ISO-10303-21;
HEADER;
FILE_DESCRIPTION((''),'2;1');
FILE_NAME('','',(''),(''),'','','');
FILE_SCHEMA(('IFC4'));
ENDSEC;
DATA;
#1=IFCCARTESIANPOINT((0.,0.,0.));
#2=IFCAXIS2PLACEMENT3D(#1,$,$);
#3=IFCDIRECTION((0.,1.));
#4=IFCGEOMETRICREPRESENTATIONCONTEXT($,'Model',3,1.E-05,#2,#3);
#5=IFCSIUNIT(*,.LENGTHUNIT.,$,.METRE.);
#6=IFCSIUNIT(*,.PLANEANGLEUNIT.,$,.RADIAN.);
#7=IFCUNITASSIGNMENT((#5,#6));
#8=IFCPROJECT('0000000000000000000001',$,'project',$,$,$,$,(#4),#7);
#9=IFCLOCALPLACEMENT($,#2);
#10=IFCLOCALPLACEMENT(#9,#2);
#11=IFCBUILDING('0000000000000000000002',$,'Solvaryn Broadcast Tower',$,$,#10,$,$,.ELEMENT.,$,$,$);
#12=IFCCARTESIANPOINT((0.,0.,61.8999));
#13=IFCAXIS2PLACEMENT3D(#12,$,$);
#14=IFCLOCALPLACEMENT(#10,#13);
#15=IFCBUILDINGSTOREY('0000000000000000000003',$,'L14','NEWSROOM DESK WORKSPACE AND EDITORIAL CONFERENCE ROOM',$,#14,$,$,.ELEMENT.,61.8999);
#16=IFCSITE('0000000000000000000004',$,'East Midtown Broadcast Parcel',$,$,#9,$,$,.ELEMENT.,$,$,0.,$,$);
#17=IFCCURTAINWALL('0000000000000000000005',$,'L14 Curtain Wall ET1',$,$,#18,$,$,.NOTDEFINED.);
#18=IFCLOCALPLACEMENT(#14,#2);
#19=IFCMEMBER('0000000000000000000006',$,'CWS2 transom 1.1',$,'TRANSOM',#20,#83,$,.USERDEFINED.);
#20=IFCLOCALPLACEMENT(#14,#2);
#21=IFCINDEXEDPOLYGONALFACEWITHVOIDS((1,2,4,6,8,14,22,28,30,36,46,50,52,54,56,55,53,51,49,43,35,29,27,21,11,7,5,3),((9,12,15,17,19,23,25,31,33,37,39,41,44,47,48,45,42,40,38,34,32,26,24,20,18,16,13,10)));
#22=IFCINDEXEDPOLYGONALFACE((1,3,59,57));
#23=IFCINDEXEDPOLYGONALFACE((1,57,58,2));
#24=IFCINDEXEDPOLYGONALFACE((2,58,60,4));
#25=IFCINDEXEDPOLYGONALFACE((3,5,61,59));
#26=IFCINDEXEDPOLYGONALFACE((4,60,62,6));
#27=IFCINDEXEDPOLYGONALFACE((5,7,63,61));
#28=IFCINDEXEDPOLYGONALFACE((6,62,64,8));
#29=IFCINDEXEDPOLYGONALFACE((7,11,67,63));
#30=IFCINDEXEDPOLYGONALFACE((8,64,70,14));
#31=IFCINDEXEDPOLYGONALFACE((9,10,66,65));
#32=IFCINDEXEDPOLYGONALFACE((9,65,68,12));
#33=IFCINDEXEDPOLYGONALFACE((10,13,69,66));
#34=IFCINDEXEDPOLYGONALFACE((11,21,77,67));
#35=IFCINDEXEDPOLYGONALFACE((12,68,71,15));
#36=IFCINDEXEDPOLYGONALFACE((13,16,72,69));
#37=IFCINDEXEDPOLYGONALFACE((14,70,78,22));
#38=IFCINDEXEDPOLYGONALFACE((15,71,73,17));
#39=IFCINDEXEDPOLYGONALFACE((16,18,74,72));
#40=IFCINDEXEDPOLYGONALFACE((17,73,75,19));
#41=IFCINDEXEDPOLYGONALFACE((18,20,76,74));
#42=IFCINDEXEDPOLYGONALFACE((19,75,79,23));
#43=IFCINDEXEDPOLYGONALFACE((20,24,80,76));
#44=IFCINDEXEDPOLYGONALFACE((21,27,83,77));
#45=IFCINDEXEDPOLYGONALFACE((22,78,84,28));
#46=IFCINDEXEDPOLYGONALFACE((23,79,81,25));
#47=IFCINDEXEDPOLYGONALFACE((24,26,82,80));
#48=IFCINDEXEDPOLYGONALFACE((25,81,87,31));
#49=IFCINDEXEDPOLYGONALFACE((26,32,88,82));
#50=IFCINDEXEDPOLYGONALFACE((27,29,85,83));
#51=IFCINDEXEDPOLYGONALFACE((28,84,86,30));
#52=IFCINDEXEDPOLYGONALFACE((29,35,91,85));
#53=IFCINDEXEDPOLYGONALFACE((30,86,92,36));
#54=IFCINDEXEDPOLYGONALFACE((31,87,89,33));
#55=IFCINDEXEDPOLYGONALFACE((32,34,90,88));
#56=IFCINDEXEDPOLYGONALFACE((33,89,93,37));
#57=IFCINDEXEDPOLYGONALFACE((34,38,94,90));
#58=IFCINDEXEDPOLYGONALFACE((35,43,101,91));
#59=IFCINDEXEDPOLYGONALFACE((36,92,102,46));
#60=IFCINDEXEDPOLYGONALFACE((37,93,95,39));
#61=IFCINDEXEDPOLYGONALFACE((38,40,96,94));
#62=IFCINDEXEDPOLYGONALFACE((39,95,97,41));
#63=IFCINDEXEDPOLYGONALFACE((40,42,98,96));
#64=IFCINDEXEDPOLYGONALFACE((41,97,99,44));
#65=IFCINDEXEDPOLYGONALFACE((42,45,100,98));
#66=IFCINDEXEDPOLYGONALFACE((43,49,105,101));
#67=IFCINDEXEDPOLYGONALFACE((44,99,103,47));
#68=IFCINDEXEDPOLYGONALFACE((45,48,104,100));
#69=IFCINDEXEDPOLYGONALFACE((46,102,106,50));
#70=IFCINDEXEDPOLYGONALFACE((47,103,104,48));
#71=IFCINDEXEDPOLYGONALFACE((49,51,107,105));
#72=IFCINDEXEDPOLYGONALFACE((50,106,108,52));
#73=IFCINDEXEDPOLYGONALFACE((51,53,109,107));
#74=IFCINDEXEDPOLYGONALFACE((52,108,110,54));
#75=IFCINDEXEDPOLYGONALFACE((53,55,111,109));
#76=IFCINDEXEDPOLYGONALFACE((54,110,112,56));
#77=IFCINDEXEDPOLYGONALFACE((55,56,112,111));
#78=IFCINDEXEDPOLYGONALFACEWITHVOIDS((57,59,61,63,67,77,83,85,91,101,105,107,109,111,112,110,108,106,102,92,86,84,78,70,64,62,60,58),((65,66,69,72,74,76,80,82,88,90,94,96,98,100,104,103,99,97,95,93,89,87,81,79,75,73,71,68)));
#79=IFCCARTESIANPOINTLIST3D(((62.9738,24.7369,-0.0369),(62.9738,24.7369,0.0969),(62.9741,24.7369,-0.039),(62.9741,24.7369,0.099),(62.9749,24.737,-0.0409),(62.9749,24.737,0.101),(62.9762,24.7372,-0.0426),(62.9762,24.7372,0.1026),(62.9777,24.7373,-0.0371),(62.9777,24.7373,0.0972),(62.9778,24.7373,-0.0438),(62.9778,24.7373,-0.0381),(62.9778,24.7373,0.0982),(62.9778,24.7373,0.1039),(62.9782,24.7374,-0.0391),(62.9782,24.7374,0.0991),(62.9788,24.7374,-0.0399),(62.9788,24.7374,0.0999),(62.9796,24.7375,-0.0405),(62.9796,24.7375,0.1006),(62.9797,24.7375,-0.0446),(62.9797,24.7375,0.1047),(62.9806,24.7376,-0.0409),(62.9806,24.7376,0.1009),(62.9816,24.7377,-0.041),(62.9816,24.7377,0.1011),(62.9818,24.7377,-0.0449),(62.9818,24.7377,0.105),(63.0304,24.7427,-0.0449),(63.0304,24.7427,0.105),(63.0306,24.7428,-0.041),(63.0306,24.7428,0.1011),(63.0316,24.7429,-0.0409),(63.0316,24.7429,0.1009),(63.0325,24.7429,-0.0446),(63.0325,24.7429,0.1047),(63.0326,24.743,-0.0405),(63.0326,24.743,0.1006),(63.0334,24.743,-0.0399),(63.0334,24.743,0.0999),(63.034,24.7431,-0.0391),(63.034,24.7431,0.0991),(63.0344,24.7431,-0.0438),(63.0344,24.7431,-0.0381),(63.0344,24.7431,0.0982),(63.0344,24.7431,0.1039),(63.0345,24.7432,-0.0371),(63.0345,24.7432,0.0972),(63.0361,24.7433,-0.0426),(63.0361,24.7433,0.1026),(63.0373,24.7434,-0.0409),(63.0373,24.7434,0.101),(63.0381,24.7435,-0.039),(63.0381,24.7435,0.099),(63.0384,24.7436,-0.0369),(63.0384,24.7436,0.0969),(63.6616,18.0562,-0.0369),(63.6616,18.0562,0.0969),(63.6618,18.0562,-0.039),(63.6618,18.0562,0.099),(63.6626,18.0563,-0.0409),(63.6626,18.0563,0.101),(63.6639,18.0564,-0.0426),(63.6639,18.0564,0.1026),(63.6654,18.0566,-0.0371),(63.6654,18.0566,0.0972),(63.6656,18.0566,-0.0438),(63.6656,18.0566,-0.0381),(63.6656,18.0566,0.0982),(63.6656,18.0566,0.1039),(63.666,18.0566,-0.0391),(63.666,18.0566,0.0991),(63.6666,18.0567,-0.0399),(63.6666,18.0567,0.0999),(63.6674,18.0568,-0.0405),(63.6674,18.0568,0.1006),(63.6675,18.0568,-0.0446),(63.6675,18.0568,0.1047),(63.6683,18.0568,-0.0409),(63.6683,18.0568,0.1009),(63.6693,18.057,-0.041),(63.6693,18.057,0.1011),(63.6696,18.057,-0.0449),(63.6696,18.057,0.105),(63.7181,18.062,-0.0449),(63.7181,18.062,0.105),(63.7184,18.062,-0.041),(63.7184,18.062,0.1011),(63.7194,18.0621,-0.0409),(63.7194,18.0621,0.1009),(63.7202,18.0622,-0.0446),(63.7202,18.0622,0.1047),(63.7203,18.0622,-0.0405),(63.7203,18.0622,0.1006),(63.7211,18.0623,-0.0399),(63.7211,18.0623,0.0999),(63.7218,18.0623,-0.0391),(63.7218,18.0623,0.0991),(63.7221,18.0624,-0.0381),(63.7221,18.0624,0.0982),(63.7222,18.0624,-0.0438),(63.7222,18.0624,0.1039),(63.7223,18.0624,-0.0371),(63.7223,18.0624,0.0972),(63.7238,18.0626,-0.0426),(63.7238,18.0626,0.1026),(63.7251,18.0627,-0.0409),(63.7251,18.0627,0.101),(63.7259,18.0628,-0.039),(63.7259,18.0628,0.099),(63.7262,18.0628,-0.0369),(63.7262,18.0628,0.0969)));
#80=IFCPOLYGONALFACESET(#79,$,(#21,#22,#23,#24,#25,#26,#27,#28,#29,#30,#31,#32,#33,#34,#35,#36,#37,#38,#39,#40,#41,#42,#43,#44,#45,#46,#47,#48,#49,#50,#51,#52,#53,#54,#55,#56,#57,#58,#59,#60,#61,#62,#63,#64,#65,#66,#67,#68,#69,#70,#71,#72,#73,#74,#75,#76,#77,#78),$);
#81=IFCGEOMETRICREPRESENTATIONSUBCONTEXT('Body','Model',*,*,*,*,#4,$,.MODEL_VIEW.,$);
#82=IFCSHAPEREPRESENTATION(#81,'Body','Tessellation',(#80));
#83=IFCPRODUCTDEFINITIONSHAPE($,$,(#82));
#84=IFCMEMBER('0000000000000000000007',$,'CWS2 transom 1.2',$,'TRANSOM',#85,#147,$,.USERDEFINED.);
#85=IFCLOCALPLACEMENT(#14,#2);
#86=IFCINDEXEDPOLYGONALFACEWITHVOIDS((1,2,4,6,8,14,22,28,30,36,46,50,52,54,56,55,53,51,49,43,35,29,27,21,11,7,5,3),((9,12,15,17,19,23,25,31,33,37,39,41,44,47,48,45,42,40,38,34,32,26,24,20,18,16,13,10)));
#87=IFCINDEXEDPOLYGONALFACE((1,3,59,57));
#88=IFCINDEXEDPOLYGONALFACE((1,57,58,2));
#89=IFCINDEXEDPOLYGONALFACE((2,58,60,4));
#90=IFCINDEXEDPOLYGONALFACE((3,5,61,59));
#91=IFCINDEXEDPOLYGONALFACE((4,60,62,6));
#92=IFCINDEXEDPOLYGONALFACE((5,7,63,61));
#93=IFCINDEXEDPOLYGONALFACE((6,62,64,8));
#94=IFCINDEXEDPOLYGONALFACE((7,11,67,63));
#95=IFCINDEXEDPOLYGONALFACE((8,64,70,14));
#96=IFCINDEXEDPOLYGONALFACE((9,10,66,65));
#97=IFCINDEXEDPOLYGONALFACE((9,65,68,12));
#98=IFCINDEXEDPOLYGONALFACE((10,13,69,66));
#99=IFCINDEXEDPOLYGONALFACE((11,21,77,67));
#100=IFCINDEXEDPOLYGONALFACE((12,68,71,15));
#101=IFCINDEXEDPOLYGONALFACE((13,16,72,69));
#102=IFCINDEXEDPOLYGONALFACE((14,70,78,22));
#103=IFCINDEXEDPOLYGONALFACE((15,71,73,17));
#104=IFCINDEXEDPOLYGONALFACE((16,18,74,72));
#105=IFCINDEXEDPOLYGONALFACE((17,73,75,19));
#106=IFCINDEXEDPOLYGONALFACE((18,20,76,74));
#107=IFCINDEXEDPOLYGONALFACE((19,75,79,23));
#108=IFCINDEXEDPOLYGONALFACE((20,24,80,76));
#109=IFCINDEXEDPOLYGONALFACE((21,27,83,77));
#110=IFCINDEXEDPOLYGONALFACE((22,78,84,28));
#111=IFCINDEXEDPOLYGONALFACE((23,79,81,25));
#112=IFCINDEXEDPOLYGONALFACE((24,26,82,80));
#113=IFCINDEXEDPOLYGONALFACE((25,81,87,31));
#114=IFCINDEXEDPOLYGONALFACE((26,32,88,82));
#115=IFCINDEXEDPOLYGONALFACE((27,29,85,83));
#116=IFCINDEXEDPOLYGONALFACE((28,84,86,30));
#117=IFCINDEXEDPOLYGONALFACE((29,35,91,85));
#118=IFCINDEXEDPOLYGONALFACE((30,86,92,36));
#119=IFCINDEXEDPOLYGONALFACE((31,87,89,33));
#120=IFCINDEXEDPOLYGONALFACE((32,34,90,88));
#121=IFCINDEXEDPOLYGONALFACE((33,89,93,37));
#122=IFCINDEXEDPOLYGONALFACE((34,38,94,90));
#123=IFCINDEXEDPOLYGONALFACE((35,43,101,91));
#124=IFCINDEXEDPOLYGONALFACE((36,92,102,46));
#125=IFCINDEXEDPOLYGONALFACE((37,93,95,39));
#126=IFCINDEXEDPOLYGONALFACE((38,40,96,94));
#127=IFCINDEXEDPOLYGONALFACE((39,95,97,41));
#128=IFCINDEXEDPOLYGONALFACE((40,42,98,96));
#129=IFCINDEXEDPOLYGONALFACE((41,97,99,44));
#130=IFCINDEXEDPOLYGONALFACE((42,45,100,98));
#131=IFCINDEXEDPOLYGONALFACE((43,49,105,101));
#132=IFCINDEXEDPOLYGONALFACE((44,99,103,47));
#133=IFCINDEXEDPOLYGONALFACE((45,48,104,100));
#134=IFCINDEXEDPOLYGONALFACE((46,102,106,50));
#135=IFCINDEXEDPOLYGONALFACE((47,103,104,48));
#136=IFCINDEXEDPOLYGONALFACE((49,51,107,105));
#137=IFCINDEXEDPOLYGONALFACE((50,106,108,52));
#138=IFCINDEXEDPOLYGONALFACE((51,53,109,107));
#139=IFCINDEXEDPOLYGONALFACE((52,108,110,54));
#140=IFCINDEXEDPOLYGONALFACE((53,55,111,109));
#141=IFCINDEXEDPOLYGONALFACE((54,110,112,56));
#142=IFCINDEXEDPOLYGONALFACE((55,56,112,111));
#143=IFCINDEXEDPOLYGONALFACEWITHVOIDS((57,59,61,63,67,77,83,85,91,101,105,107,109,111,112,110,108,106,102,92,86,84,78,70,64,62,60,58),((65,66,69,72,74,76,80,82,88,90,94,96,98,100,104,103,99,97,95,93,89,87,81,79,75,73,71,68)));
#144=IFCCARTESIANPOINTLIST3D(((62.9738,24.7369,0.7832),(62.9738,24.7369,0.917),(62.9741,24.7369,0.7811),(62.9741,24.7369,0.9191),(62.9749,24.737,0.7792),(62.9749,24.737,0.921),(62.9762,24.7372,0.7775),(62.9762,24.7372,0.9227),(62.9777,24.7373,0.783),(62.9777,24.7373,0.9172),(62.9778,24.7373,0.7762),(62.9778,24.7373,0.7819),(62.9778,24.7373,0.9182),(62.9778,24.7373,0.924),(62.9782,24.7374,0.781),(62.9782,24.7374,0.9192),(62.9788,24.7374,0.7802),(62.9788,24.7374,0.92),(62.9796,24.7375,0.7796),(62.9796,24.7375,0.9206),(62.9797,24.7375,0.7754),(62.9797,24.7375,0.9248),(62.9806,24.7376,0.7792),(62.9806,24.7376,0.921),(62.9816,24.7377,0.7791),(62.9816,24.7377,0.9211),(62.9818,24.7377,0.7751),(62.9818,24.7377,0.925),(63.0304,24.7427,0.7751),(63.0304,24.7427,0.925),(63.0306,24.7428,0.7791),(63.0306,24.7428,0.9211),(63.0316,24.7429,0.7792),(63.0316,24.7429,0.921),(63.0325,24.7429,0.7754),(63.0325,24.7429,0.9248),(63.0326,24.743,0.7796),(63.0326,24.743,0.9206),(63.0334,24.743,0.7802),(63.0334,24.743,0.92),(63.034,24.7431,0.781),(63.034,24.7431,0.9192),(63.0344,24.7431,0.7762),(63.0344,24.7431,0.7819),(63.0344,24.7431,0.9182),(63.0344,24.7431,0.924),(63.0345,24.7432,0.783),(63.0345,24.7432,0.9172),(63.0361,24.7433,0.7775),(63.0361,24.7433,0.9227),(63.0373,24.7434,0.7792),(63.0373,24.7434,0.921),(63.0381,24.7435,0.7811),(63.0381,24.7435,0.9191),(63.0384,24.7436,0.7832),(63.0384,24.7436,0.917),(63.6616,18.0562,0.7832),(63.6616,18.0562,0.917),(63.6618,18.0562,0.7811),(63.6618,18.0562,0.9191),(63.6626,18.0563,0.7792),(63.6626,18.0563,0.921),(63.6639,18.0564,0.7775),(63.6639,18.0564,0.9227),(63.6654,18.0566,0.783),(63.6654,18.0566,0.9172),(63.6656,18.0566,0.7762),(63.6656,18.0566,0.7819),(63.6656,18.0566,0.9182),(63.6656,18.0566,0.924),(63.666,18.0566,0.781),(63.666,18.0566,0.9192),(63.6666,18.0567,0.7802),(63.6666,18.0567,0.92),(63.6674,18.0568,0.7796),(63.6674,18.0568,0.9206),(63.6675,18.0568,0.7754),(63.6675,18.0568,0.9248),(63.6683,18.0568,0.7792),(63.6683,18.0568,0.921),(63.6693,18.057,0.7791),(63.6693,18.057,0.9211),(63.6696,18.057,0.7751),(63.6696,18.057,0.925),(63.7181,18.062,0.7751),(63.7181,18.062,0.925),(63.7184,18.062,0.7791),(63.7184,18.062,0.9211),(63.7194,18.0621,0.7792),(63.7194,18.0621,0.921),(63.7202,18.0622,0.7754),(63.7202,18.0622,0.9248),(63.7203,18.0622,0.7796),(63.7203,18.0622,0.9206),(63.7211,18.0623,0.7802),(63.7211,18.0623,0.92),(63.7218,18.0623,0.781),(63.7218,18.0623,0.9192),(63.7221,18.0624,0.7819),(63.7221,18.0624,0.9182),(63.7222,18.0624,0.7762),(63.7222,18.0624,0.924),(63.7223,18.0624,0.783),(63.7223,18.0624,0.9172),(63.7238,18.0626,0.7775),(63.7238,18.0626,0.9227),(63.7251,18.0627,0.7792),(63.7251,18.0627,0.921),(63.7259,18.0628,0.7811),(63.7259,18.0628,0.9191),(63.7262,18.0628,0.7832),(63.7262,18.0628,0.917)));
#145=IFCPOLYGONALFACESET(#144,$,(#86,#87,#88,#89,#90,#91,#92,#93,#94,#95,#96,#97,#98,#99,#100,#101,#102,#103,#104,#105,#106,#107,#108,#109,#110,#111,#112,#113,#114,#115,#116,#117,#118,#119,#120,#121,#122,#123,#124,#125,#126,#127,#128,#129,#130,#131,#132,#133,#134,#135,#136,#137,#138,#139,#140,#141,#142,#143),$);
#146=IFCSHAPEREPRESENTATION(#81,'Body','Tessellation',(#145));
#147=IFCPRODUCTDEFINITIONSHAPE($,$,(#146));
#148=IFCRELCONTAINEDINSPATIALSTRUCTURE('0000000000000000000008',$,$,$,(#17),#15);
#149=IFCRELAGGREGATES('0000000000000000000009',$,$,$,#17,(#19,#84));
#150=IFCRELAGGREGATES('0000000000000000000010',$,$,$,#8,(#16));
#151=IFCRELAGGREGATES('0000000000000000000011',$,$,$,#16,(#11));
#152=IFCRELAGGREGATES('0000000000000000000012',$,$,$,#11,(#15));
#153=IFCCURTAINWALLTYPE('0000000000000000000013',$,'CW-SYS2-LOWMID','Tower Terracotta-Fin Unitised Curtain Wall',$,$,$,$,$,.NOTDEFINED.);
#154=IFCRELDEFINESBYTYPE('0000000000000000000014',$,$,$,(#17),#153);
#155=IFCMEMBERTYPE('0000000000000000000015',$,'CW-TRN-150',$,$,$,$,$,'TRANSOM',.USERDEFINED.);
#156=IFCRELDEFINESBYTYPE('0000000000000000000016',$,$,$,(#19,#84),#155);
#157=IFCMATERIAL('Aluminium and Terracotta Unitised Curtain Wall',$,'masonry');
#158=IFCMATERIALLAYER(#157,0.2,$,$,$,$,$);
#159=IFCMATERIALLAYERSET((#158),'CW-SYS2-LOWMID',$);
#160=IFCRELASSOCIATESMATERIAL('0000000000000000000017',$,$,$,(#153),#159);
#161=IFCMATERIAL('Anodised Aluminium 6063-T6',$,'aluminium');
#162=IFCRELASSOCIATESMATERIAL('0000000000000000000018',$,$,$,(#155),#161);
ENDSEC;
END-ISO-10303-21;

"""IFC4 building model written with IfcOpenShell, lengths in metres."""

from ifc_helpers import new_model, si_unit, direction, frame, origin, origin_2d, place, context, subcontext, project, spatial, hollow_rectangle, extrude, material, layer, layer_set, material_profile, profile_set, type_object, element, aggregate, save


model = new_model("IFC4")

# Units and contexts
model_context = context("Model", 3, precision=1e-05, world=origin(), true_north=direction((0.0, 1.0)))
body_context = subcontext(model_context, "Body", "Model", "MODEL_VIEW")
ifc_project = project(units=[si_unit("LENGTHUNIT", "METRE"), si_unit("PLANEANGLEUNIT", "RADIAN")], contexts=[model_context])

# Site, building, storey
site_placement = place(None, origin())
site = spatial("IfcSite", under=ifc_project, at=site_placement, Name="East Midtown Broadcast Parcel", CompositionType="ELEMENT", RefElevation=0.0)
building_placement = place(site_placement, origin())
building = spatial("IfcBuilding", under=site, at=building_placement, Name="Solvaryn Broadcast Tower", CompositionType="ELEMENT")
storey_placement = place(building_placement, frame((0.0, 0.0, 61.8999)))
storey = spatial("IfcBuildingStorey", under=building, at=storey_placement, Name="L14", Description="NEWSROOM DESK WORKSPACE AND EDITORIAL CONFERENCE ROOM", CompositionType="ELEMENT", Elevation=61.8999)

# Curtain wall
ifc_material_1 = material(Name="Aluminium and Terracotta Unitised Curtain Wall", Category="masonry")
ifc_layer_1 = layer(ifc_material_1, 0.2)
ifc_layer_set_1 = layer_set([ifc_layer_1], Name="CW-SYS2-LOWMID")
curtain_wall_type = type_object("IfcCurtainWallType", Name="CW-SYS2-LOWMID", Description="Tower Terracotta-Fin Unitised Curtain Wall", PredefinedType="NOTDEFINED", material=ifc_layer_set_1)
curtain_wall_1_placement = place(storey_placement, origin())
curtain_wall_1 = element("IfcCurtainWall", 1, at=curtain_wall_1_placement, inside=storey, type_object=curtain_wall_type, Name="L14 Curtain Wall ET1", PredefinedType="NOTDEFINED")

# Members
ifc_material_2 = material(Name="Anodised Aluminium 6063-T6", Category="aluminium")
ifc_material_profile_1 = material_profile(ifc_material_2, hollow_rectangle(XDim=0.0649, YDim=0.1499, WallThickness=0.0039, InnerFilletRadius=0.0039, OuterFilletRadius=0.0081, at=origin_2d()))
ifc_profile_set_1 = profile_set([ifc_material_profile_1], Name="Anodised Aluminium 6063-T6")
member_type_1 = type_object("IfcMemberType", Name="CW-TRN-150", ElementType="TRANSOM", PredefinedType="USERDEFINED", material=ifc_profile_set_1)
member_1_placement = place(storey_placement, frame((63.0061, 24.7402, 0.03), z_axis=(0.102404, -0.994743, 0.0), x_axis=(0.994743, 0.102404, 0.0)))
member_1 = element("IfcMember", 2, at=member_1_placement, type_object=member_type_1, Name="CWS2 transom 1.1", ObjectType="TRANSOM", PredefinedType="USERDEFINED", context=body_context, shape_type="SweptSolid", body=[
    extrude(hollow_rectangle(XDim=0.0649, YDim=0.1499, WallThickness=0.0039, InnerFilletRadius=0.0039, OuterFilletRadius=0.0081, at=origin_2d()), origin(), (0.0, 0.0, 1.0), 6.7161),
])
member_2_placement = place(storey_placement, frame((63.0061, 24.7402, 0.8501), z_axis=(0.102404, -0.994743, 0.0), x_axis=(0.994743, 0.102404, 0.0)))
member_2 = element("IfcMember", 3, at=member_2_placement, type_object=member_type_1, Name="CWS2 transom 1.2", ObjectType="TRANSOM", PredefinedType="USERDEFINED", context=body_context, shape_type="SweptSolid", body=[
    extrude(hollow_rectangle(XDim=0.0649, YDim=0.1499, WallThickness=0.0039, InnerFilletRadius=0.0039, OuterFilletRadius=0.0081, at=origin_2d()), origin(), (0.0, 0.0, 1.0), 6.7161),
])

aggregate(curtain_wall_1, [member_1, member_2])

save(model, "model.ifc")
